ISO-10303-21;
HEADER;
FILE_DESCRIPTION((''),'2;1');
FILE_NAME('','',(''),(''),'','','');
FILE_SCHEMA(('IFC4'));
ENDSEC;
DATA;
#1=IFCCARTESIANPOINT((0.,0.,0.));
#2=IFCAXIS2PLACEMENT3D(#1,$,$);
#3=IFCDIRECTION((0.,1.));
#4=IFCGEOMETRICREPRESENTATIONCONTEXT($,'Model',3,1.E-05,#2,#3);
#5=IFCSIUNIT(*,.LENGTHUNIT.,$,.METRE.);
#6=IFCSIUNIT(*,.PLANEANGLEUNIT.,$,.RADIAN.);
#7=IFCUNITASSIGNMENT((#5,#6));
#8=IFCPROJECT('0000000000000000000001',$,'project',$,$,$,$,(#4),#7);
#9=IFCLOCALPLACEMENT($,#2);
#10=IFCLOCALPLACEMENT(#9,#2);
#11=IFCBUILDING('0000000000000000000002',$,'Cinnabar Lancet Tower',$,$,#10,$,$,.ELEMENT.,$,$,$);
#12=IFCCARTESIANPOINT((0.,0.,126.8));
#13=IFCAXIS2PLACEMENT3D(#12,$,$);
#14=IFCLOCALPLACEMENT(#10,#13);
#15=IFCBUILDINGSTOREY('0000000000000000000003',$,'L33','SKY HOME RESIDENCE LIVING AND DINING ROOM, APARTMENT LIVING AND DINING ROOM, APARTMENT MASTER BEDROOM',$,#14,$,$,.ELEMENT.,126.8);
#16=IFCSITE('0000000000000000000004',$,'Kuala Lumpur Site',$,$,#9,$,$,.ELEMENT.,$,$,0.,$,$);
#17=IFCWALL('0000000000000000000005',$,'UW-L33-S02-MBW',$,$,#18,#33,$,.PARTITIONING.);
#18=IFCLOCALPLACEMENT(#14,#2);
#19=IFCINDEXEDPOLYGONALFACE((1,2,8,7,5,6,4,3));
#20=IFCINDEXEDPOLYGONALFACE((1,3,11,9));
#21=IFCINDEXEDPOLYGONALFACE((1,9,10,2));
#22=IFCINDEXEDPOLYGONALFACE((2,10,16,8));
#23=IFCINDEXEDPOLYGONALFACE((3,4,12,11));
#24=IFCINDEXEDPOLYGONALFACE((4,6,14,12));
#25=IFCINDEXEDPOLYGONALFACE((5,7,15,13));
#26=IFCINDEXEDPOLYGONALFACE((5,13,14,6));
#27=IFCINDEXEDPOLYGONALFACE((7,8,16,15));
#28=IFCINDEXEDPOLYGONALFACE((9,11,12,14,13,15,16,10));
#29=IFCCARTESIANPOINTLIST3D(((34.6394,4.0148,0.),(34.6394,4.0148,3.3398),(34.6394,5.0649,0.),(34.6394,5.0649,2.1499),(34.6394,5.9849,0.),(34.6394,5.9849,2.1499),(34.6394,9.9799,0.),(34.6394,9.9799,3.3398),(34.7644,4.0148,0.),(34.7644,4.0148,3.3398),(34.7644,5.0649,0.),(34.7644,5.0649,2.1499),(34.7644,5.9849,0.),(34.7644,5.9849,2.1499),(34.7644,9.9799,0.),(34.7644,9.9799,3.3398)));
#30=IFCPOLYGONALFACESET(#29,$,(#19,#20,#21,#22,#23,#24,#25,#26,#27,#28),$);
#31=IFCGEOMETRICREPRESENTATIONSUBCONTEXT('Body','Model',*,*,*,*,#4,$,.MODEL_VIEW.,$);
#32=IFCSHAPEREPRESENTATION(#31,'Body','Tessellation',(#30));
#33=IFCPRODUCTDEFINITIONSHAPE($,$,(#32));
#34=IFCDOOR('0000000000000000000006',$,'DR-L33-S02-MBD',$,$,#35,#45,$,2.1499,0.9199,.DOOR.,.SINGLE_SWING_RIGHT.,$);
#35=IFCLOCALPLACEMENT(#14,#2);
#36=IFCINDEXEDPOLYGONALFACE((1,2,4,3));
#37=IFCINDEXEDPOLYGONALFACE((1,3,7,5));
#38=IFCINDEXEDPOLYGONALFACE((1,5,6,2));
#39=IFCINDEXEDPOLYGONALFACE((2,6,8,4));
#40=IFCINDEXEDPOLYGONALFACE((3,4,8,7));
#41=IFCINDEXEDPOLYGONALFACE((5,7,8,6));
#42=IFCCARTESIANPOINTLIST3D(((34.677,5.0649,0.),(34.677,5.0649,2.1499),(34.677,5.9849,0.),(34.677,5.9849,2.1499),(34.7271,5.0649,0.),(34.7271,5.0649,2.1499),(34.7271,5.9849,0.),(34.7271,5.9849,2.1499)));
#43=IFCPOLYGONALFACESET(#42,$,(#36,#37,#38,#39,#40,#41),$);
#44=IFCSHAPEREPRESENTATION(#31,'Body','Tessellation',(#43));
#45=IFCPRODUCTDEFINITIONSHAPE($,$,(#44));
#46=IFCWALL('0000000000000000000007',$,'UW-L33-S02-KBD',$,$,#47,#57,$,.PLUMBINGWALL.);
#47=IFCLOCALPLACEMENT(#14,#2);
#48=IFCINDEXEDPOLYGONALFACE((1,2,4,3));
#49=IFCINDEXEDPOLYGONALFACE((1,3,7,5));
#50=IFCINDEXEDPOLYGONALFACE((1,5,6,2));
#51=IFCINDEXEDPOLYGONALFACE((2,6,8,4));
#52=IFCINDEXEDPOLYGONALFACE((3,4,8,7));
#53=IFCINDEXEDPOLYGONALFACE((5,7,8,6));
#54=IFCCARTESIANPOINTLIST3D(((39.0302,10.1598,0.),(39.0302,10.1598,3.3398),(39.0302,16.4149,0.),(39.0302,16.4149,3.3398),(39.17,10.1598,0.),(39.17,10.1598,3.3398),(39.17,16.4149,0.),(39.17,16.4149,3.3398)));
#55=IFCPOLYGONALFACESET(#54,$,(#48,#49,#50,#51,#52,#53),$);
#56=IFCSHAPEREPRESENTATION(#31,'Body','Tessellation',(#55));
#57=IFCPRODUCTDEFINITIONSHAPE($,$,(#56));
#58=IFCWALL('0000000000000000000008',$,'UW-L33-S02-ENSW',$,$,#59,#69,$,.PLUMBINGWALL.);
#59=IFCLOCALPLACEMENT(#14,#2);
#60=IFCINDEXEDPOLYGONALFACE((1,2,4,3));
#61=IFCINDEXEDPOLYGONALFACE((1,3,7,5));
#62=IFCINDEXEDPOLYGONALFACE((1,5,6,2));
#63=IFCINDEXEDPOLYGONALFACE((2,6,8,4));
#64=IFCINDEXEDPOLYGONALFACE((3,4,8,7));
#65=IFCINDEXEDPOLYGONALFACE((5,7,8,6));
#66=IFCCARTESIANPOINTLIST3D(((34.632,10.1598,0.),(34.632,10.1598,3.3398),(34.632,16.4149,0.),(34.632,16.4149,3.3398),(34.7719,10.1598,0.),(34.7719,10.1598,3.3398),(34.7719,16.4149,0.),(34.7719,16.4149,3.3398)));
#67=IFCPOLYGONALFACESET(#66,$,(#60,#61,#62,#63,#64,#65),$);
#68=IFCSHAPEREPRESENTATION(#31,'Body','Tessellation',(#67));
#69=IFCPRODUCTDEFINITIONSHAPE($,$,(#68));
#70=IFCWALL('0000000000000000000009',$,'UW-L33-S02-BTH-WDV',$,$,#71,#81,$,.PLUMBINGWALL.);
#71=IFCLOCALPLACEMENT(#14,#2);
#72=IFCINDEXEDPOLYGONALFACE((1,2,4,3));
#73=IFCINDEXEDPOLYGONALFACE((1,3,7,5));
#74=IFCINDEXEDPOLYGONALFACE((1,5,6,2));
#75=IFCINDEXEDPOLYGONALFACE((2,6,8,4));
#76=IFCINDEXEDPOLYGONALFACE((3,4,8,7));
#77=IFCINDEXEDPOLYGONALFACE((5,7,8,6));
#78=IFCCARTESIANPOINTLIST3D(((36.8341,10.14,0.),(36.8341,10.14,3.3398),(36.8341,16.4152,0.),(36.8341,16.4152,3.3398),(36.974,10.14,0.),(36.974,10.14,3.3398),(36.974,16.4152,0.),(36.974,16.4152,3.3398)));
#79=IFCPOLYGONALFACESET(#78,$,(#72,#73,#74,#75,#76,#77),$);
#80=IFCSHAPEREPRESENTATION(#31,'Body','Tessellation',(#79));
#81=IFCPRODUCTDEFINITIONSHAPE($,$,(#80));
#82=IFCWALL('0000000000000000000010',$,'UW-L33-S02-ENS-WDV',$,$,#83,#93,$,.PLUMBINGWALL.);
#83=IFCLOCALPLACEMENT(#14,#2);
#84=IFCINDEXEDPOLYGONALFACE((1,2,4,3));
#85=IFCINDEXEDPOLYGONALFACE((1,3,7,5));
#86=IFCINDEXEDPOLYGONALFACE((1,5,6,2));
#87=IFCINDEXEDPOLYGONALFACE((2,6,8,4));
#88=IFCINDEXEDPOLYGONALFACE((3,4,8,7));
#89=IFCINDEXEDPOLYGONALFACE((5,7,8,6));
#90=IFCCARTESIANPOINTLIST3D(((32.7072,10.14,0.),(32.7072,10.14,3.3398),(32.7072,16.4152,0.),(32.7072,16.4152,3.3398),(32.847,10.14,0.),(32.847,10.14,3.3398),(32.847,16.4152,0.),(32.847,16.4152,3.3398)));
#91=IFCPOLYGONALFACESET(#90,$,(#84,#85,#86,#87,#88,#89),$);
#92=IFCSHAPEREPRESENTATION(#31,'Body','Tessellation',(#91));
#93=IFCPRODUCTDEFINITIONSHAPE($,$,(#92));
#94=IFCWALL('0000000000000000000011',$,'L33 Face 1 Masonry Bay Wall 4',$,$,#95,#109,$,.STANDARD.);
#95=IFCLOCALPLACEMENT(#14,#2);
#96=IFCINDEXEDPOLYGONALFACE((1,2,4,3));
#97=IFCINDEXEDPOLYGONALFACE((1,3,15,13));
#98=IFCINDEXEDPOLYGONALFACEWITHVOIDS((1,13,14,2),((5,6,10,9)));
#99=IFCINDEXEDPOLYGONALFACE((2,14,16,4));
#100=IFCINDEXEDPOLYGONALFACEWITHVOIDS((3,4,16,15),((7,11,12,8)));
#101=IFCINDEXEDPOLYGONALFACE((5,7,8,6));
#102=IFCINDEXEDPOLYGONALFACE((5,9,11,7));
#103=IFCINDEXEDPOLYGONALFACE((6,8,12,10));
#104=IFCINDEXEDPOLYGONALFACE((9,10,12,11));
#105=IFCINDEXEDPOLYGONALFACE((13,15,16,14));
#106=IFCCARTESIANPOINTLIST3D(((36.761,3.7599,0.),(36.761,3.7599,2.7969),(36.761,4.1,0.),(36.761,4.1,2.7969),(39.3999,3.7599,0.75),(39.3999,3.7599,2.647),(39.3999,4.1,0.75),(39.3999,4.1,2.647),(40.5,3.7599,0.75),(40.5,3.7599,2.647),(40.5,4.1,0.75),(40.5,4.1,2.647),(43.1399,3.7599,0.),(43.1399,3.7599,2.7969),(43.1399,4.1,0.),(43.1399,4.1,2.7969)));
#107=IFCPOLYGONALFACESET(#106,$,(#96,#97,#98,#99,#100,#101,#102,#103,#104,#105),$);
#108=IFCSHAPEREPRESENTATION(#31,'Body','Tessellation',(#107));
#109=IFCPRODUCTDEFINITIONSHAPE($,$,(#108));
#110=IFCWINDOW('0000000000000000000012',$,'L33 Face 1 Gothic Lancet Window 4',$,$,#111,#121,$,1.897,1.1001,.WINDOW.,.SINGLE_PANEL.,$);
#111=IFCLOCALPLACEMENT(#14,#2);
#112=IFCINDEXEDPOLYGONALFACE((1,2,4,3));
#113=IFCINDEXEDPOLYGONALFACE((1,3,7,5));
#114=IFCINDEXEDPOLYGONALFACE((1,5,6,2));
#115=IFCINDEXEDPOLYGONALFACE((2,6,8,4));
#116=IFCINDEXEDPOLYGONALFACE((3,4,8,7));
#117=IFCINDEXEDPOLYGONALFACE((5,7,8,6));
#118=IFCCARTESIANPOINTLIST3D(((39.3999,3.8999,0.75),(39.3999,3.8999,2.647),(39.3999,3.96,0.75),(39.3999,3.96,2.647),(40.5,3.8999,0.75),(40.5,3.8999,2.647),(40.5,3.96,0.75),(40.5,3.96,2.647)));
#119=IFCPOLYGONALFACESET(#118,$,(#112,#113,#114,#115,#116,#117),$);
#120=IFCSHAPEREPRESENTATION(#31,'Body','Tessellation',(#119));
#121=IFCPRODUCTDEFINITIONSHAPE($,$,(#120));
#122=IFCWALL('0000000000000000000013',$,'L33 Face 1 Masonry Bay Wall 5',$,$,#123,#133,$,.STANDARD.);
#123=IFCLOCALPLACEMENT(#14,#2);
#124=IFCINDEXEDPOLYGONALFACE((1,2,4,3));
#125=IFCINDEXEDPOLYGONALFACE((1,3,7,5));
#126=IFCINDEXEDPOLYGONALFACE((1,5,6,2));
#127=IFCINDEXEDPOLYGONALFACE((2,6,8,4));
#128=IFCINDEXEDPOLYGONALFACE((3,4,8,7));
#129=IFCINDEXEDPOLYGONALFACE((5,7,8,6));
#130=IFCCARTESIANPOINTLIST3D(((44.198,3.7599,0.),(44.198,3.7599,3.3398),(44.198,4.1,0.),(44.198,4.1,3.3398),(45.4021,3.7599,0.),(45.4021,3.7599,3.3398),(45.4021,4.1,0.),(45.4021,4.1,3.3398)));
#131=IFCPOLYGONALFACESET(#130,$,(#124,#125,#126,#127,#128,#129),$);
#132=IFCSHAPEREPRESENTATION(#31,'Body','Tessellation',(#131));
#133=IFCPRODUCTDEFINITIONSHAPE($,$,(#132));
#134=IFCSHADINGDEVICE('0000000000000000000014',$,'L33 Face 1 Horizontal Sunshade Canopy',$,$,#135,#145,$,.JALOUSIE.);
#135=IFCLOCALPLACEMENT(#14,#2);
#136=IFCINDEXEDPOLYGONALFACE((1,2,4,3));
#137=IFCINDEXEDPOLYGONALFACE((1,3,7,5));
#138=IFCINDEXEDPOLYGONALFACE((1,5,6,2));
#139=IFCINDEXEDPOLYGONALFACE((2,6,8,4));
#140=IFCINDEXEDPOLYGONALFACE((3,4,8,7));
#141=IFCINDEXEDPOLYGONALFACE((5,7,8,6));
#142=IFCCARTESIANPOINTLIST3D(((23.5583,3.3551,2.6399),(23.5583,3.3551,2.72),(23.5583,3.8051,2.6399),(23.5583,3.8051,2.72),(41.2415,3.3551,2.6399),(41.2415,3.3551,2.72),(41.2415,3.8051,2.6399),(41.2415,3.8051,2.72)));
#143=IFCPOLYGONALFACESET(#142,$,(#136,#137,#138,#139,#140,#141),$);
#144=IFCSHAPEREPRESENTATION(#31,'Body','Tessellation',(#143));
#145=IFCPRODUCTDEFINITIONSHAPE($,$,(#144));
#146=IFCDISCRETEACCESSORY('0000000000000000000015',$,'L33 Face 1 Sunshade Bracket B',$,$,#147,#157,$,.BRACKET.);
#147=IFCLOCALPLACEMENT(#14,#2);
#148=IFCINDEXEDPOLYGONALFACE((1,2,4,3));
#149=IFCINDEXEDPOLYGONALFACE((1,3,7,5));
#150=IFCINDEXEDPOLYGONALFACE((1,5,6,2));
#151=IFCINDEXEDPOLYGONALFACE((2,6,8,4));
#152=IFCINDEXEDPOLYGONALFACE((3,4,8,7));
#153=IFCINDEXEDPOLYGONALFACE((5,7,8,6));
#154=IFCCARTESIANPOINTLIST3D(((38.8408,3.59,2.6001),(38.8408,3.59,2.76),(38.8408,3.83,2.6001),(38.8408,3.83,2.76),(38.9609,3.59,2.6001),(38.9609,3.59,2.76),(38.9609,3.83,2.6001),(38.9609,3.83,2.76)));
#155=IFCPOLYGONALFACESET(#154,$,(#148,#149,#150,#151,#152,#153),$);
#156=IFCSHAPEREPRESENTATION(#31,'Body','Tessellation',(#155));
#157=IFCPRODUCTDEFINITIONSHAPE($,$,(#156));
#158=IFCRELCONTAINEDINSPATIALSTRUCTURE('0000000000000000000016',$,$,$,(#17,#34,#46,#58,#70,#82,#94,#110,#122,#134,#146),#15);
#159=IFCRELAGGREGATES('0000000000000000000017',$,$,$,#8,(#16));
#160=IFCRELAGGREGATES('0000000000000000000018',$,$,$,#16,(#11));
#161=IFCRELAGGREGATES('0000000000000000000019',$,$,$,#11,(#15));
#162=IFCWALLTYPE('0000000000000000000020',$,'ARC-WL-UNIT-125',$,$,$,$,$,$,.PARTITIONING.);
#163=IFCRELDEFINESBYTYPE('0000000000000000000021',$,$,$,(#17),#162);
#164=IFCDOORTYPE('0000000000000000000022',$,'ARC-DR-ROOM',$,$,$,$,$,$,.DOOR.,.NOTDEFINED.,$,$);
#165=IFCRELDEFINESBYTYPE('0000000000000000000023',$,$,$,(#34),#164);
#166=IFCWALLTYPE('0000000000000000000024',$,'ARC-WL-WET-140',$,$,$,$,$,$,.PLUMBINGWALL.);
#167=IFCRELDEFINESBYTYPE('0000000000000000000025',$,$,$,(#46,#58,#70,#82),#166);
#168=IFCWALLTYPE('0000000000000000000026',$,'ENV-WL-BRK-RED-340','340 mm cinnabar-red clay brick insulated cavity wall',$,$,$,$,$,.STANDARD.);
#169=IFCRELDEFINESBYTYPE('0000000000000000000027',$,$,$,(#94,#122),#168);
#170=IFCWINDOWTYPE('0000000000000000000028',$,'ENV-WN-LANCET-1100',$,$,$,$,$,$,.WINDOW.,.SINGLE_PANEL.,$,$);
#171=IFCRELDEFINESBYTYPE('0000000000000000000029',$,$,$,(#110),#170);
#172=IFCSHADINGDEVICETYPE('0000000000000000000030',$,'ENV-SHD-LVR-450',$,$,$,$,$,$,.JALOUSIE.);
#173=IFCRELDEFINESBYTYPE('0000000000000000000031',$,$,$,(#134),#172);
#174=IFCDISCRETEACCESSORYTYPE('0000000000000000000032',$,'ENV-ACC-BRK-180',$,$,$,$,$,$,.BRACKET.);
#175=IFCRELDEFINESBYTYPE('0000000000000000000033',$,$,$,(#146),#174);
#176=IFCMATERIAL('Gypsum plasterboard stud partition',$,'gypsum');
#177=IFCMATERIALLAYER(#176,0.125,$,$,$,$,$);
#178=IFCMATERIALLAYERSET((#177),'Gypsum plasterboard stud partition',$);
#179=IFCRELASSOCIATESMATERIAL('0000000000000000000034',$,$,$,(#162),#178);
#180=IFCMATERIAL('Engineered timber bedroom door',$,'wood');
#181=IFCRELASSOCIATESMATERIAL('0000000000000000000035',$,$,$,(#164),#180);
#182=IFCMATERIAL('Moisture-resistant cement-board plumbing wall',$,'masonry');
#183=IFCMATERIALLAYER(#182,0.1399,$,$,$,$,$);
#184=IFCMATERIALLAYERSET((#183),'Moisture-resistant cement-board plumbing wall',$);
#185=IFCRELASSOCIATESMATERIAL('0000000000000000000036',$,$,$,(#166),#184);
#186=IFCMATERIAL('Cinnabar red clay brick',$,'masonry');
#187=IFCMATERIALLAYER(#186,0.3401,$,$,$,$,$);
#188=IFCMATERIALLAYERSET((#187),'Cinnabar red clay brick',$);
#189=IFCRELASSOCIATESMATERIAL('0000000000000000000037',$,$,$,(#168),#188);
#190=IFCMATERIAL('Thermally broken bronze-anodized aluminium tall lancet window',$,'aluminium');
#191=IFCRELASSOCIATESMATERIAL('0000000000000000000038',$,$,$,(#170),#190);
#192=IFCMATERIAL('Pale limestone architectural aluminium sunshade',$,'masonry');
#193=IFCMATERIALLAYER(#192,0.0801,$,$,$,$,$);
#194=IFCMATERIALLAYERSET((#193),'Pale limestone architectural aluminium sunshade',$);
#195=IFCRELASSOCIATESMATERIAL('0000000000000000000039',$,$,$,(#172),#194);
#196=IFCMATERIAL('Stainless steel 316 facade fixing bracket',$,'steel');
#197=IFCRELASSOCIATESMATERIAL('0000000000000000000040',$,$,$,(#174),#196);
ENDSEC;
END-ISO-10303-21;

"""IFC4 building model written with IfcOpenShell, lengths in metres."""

from ifc_helpers import new_model, si_unit, direction, frame, frame_2d, origin, origin_2d, place, context, subcontext, project, spatial, rectangle, extrude, material, layer, layer_set, type_object, element, fill, save


model = new_model("IFC4")

# Units and contexts
model_context = context("Model", 3, precision=1e-05, world=origin(), true_north=direction((0.0, 1.0)))
body_context = subcontext(model_context, "Body", "Model", "MODEL_VIEW")
ifc_project = project(units=[si_unit("LENGTHUNIT", "METRE"), si_unit("PLANEANGLEUNIT", "RADIAN")], contexts=[model_context])

# Site, building, storey
site_placement = place(None, origin())
site = spatial("IfcSite", under=ifc_project, at=site_placement, Name="Kuala Lumpur Site", CompositionType="ELEMENT", RefElevation=0.0)
building_placement = place(site_placement, origin())
building = spatial("IfcBuilding", under=site, at=building_placement, Name="Cinnabar Lancet Tower", CompositionType="ELEMENT")
storey_placement = place(building_placement, frame((0.0, 0.0, 126.8)))
storey = spatial("IfcBuildingStorey", under=building, at=storey_placement, Name="L33", Description="SKY HOME RESIDENCE LIVING AND DINING ROOM, APARTMENT LIVING AND DINING ROOM, APARTMENT MASTER BEDROOM", CompositionType="ELEMENT", Elevation=126.8)

# Shared definitions
ifc_material_1 = material(Name="Gypsum plasterboard stud partition", Category="gypsum")
ifc_layer_1 = layer(ifc_material_1, 0.125)
ifc_layer_set_1 = layer_set([ifc_layer_1], Name="Gypsum plasterboard stud partition")
wall_type_1 = type_object("IfcWallType", Name="ARC-WL-UNIT-125", PredefinedType="PARTITIONING", material=ifc_layer_set_1)

# Wall, opening, door
wall_1_placement = place(storey_placement, frame((34.7019, 4.0149, 0.0), z_axis=(0.0, 0.0, 1.0), x_axis=(0.0, 1.0, 0.0)))
wall_1 = element("IfcWall", 1, at=wall_1_placement, inside=storey, type_object=wall_type_1, Name="UW-L33-S02-MBW", PredefinedType="PARTITIONING", context=body_context, shape_type="SweptSolid", body=[
    extrude(rectangle(XDim=5.9651, YDim=0.125, at=frame_2d((2.9824, 0.0))), origin(), (0.0, 0.0, 1.0), 3.3398),
])
opening_1_placement = place(wall_1_placement, frame((1.05, 0.0, 0.0)))
opening_1 = element("IfcOpeningElement", 2, at=opening_1_placement, cuts=wall_1, PredefinedType="OPENING", context=body_context, shape_type="SweptSolid", body=[
    extrude(rectangle(XDim=0.9199, YDim=2.1499, at=frame_2d((0.46, 1.075))), frame((0.0, 0.0725, 0.0), z_axis=(0.0, -1.0, 0.0), x_axis=(1.0, 0.0, 0.0)), (0.0, 0.0, 1.0), 0.145),
])
ifc_material_2 = material(Name="Engineered timber bedroom door", Category="wood")
door_type_1 = type_object("IfcDoorType", Name="ARC-DR-ROOM", OperationType="NOTDEFINED", PredefinedType="DOOR", material=ifc_material_2)
door_1_placement = place(opening_1_placement, origin())
door_1 = element("IfcDoor", 3, at=door_1_placement, inside=storey, type_object=door_type_1, Name="DR-L33-S02-MBD", OperationType="SINGLE_SWING_RIGHT", OverallHeight=2.1499, OverallWidth=0.9199, PredefinedType="DOOR", context=body_context, shape_type="SweptSolid", body=[
    extrude(rectangle(XDim=0.9199, YDim=2.1499, at=frame_2d((0.46, 1.075))), frame((0.0, 0.0249, 0.0), z_axis=(0.0, -1.0, 0.0), x_axis=(1.0, 0.0, 0.0)), (0.0, 0.0, 1.0), 0.05),
])
fill(opening_1, door_1)

# Shared definitions
ifc_material_3 = material(Name="Moisture-resistant cement-board plumbing wall", Category="masonry")
ifc_layer_2 = layer(ifc_material_3, 0.1399)
ifc_layer_set_2 = layer_set([ifc_layer_2], Name="Moisture-resistant cement-board plumbing wall")
wall_type_2 = type_object("IfcWallType", Name="ARC-WL-WET-140", PredefinedType="PLUMBINGWALL", material=ifc_layer_set_2)

# Walls
for number, where, z_axis, x_axis, name in (
    (4, (39.1001, 10.1599, 0.0), (0.0, 0.0, 1.0), (0.0, 1.0, 0.0), "UW-L33-S02-KBD"),
    (5, (34.7019, 10.1599, 0.0), (0.0, 0.0, 1.0), (0.0, 1.0, 0.0), "UW-L33-S02-ENSW"),
):
    element("IfcWall", number, at=place(storey_placement, frame(where, z_axis=z_axis, x_axis=x_axis)), inside=storey, type_object=wall_type_2, Name=name, PredefinedType="PLUMBINGWALL", context=body_context, shape_type="SweptSolid", body=[
        extrude(rectangle(XDim=6.2551, YDim=0.1399, at=frame_2d((3.1274, 0.0))), origin(), (0.0, 0.0, 1.0), 3.3398),
    ])
for number, where, z_axis, x_axis, name in (
    (6, (36.9041, 10.1399, 0.0), (0.0, 0.0, 1.0), (0.0, 1.0, 0.0), "UW-L33-S02-BTH-WDV"),
    (7, (32.7771, 10.1399, 0.0), (0.0, 0.0, 1.0), (0.0, 1.0, 0.0), "UW-L33-S02-ENS-WDV"),
):
    element("IfcWall", number, at=place(storey_placement, frame(where, z_axis=z_axis, x_axis=x_axis)), inside=storey, type_object=wall_type_2, Name=name, PredefinedType="PLUMBINGWALL", context=body_context, shape_type="SweptSolid", body=[
        extrude(rectangle(XDim=6.2751, YDim=0.1399, at=frame_2d((3.1377, 0.0))), origin(), (0.0, 0.0, 1.0), 3.3398),
    ])

# Wall, opening, window
ifc_material_4 = material(Name="Cinnabar red clay brick", Category="masonry")
ifc_layer_3 = layer(ifc_material_4, 0.3401)
ifc_layer_set_3 = layer_set([ifc_layer_3], Name="Cinnabar red clay brick")
wall_type_3 = type_object("IfcWallType", Name="ENV-WL-BRK-RED-340", Description="340 mm cinnabar-red clay brick insulated cavity wall", PredefinedType="STANDARD", material=ifc_layer_set_3)
wall_2_placement = place(storey_placement, frame((36.761, 3.9299, 0.0), z_axis=(0.0, 0.0, 1.0), x_axis=(1.0, 0.0, 0.0)))
wall_2 = element("IfcWall", 8, at=wall_2_placement, inside=storey, type_object=wall_type_3, Name="L33 Face 1 Masonry Bay Wall 4", PredefinedType="STANDARD", context=body_context, shape_type="SweptSolid", body=[
    extrude(rectangle(XDim=6.3789, YDim=0.3401, at=frame_2d((3.1895, 0.0))), origin(), (0.0, 0.0, 1.0), 2.7969),
])
opening_2_placement = place(wall_2_placement, frame((2.6389, 0.0, 0.75)))
opening_2 = element("IfcOpeningElement", 9, at=opening_2_placement, cuts=wall_2, PredefinedType="OPENING", context=body_context, shape_type="SweptSolid", body=[
    extrude(rectangle(XDim=1.1001, YDim=1.897, at=frame_2d((0.55, 0.9485))), frame((0.0, 0.1799, 0.0), z_axis=(0.0, -1.0, 0.0), x_axis=(1.0, 0.0, 0.0)), (0.0, 0.0, 1.0), 0.3601),
])
ifc_material_5 = material(Name="Thermally broken bronze-anodized aluminium tall lancet window", Category="aluminium")
window_type = type_object("IfcWindowType", Name="ENV-WN-LANCET-1100", PartitioningType="SINGLE_PANEL", PredefinedType="WINDOW", material=ifc_material_5)
window_placement = place(opening_2_placement, origin())
window = element("IfcWindow", 10, at=window_placement, inside=storey, type_object=window_type, Name="L33 Face 1 Gothic Lancet Window 4", OverallHeight=1.897, OverallWidth=1.1001, PartitioningType="SINGLE_PANEL", PredefinedType="WINDOW", context=body_context, shape_type="SweptSolid", body=[
    extrude(rectangle(XDim=1.1001, YDim=1.897, at=frame_2d((0.55, 0.9485))), frame((0.0, 0.03, 0.0), z_axis=(0.0, -1.0, 0.0), x_axis=(1.0, 0.0, 0.0)), (0.0, 0.0, 1.0), 0.0601),
])
fill(opening_2, window)

# Wall
wall_3_placement = place(storey_placement, frame((44.198, 3.9299, 0.0), z_axis=(0.0, 0.0, 1.0), x_axis=(1.0, 0.0, 0.0)))
element("IfcWall", 11, at=wall_3_placement, inside=storey, type_object=wall_type_3, Name="L33 Face 1 Masonry Bay Wall 5", PredefinedType="STANDARD", context=body_context, shape_type="SweptSolid", body=[
    extrude(rectangle(XDim=1.2041, YDim=0.3401, at=frame_2d((0.6021, 0.0))), origin(), (0.0, 0.0, 1.0), 3.3398),
])

# Shading device
ifc_material_6 = material(Name="Pale limestone architectural aluminium sunshade", Category="masonry")
ifc_layer_4 = layer(ifc_material_6, 0.0801)
ifc_layer_set_4 = layer_set([ifc_layer_4], Name="Pale limestone architectural aluminium sunshade")
shading_device_type = type_object("IfcShadingDeviceType", Name="ENV-SHD-LVR-450", PredefinedType="JALOUSIE", material=ifc_layer_set_4)
shading_device_placement = place(storey_placement, frame((32.3999, 3.5801, 2.6399), z_axis=(0.0, 0.0, 1.0), x_axis=(1.0, 0.0, 0.0)))
element("IfcShadingDevice", 12, at=shading_device_placement, inside=storey, type_object=shading_device_type, Name="L33 Face 1 Horizontal Sunshade Canopy", PredefinedType="JALOUSIE", context=body_context, shape_type="SweptSolid", body=[
    extrude(rectangle(XDim=17.6831, YDim=0.45, at=origin_2d()), origin(), (0.0, 0.0, 1.0), 0.0801),
])

# Discrete accessory
ifc_material_7 = material(Name="Stainless steel 316 facade fixing bracket", Category="steel")
discrete_accessory_type = type_object("IfcDiscreteAccessoryType", Name="ENV-ACC-BRK-180", PredefinedType="BRACKET", material=ifc_material_7)
discrete_accessory_placement = place(storey_placement, frame((38.9009, 3.71, 2.6001), z_axis=(0.0, 0.0, 1.0), x_axis=(1.0, 0.0, 0.0)))
element("IfcDiscreteAccessory", 13, at=discrete_accessory_placement, inside=storey, type_object=discrete_accessory_type, Name="L33 Face 1 Sunshade Bracket B", PredefinedType="BRACKET", context=body_context, shape_type="SweptSolid", body=[
    extrude(rectangle(XDim=0.1201, YDim=0.24, at=origin_2d()), origin(), (0.0, 0.0, 1.0), 0.1599),
])

save(model, "model.ifc")
